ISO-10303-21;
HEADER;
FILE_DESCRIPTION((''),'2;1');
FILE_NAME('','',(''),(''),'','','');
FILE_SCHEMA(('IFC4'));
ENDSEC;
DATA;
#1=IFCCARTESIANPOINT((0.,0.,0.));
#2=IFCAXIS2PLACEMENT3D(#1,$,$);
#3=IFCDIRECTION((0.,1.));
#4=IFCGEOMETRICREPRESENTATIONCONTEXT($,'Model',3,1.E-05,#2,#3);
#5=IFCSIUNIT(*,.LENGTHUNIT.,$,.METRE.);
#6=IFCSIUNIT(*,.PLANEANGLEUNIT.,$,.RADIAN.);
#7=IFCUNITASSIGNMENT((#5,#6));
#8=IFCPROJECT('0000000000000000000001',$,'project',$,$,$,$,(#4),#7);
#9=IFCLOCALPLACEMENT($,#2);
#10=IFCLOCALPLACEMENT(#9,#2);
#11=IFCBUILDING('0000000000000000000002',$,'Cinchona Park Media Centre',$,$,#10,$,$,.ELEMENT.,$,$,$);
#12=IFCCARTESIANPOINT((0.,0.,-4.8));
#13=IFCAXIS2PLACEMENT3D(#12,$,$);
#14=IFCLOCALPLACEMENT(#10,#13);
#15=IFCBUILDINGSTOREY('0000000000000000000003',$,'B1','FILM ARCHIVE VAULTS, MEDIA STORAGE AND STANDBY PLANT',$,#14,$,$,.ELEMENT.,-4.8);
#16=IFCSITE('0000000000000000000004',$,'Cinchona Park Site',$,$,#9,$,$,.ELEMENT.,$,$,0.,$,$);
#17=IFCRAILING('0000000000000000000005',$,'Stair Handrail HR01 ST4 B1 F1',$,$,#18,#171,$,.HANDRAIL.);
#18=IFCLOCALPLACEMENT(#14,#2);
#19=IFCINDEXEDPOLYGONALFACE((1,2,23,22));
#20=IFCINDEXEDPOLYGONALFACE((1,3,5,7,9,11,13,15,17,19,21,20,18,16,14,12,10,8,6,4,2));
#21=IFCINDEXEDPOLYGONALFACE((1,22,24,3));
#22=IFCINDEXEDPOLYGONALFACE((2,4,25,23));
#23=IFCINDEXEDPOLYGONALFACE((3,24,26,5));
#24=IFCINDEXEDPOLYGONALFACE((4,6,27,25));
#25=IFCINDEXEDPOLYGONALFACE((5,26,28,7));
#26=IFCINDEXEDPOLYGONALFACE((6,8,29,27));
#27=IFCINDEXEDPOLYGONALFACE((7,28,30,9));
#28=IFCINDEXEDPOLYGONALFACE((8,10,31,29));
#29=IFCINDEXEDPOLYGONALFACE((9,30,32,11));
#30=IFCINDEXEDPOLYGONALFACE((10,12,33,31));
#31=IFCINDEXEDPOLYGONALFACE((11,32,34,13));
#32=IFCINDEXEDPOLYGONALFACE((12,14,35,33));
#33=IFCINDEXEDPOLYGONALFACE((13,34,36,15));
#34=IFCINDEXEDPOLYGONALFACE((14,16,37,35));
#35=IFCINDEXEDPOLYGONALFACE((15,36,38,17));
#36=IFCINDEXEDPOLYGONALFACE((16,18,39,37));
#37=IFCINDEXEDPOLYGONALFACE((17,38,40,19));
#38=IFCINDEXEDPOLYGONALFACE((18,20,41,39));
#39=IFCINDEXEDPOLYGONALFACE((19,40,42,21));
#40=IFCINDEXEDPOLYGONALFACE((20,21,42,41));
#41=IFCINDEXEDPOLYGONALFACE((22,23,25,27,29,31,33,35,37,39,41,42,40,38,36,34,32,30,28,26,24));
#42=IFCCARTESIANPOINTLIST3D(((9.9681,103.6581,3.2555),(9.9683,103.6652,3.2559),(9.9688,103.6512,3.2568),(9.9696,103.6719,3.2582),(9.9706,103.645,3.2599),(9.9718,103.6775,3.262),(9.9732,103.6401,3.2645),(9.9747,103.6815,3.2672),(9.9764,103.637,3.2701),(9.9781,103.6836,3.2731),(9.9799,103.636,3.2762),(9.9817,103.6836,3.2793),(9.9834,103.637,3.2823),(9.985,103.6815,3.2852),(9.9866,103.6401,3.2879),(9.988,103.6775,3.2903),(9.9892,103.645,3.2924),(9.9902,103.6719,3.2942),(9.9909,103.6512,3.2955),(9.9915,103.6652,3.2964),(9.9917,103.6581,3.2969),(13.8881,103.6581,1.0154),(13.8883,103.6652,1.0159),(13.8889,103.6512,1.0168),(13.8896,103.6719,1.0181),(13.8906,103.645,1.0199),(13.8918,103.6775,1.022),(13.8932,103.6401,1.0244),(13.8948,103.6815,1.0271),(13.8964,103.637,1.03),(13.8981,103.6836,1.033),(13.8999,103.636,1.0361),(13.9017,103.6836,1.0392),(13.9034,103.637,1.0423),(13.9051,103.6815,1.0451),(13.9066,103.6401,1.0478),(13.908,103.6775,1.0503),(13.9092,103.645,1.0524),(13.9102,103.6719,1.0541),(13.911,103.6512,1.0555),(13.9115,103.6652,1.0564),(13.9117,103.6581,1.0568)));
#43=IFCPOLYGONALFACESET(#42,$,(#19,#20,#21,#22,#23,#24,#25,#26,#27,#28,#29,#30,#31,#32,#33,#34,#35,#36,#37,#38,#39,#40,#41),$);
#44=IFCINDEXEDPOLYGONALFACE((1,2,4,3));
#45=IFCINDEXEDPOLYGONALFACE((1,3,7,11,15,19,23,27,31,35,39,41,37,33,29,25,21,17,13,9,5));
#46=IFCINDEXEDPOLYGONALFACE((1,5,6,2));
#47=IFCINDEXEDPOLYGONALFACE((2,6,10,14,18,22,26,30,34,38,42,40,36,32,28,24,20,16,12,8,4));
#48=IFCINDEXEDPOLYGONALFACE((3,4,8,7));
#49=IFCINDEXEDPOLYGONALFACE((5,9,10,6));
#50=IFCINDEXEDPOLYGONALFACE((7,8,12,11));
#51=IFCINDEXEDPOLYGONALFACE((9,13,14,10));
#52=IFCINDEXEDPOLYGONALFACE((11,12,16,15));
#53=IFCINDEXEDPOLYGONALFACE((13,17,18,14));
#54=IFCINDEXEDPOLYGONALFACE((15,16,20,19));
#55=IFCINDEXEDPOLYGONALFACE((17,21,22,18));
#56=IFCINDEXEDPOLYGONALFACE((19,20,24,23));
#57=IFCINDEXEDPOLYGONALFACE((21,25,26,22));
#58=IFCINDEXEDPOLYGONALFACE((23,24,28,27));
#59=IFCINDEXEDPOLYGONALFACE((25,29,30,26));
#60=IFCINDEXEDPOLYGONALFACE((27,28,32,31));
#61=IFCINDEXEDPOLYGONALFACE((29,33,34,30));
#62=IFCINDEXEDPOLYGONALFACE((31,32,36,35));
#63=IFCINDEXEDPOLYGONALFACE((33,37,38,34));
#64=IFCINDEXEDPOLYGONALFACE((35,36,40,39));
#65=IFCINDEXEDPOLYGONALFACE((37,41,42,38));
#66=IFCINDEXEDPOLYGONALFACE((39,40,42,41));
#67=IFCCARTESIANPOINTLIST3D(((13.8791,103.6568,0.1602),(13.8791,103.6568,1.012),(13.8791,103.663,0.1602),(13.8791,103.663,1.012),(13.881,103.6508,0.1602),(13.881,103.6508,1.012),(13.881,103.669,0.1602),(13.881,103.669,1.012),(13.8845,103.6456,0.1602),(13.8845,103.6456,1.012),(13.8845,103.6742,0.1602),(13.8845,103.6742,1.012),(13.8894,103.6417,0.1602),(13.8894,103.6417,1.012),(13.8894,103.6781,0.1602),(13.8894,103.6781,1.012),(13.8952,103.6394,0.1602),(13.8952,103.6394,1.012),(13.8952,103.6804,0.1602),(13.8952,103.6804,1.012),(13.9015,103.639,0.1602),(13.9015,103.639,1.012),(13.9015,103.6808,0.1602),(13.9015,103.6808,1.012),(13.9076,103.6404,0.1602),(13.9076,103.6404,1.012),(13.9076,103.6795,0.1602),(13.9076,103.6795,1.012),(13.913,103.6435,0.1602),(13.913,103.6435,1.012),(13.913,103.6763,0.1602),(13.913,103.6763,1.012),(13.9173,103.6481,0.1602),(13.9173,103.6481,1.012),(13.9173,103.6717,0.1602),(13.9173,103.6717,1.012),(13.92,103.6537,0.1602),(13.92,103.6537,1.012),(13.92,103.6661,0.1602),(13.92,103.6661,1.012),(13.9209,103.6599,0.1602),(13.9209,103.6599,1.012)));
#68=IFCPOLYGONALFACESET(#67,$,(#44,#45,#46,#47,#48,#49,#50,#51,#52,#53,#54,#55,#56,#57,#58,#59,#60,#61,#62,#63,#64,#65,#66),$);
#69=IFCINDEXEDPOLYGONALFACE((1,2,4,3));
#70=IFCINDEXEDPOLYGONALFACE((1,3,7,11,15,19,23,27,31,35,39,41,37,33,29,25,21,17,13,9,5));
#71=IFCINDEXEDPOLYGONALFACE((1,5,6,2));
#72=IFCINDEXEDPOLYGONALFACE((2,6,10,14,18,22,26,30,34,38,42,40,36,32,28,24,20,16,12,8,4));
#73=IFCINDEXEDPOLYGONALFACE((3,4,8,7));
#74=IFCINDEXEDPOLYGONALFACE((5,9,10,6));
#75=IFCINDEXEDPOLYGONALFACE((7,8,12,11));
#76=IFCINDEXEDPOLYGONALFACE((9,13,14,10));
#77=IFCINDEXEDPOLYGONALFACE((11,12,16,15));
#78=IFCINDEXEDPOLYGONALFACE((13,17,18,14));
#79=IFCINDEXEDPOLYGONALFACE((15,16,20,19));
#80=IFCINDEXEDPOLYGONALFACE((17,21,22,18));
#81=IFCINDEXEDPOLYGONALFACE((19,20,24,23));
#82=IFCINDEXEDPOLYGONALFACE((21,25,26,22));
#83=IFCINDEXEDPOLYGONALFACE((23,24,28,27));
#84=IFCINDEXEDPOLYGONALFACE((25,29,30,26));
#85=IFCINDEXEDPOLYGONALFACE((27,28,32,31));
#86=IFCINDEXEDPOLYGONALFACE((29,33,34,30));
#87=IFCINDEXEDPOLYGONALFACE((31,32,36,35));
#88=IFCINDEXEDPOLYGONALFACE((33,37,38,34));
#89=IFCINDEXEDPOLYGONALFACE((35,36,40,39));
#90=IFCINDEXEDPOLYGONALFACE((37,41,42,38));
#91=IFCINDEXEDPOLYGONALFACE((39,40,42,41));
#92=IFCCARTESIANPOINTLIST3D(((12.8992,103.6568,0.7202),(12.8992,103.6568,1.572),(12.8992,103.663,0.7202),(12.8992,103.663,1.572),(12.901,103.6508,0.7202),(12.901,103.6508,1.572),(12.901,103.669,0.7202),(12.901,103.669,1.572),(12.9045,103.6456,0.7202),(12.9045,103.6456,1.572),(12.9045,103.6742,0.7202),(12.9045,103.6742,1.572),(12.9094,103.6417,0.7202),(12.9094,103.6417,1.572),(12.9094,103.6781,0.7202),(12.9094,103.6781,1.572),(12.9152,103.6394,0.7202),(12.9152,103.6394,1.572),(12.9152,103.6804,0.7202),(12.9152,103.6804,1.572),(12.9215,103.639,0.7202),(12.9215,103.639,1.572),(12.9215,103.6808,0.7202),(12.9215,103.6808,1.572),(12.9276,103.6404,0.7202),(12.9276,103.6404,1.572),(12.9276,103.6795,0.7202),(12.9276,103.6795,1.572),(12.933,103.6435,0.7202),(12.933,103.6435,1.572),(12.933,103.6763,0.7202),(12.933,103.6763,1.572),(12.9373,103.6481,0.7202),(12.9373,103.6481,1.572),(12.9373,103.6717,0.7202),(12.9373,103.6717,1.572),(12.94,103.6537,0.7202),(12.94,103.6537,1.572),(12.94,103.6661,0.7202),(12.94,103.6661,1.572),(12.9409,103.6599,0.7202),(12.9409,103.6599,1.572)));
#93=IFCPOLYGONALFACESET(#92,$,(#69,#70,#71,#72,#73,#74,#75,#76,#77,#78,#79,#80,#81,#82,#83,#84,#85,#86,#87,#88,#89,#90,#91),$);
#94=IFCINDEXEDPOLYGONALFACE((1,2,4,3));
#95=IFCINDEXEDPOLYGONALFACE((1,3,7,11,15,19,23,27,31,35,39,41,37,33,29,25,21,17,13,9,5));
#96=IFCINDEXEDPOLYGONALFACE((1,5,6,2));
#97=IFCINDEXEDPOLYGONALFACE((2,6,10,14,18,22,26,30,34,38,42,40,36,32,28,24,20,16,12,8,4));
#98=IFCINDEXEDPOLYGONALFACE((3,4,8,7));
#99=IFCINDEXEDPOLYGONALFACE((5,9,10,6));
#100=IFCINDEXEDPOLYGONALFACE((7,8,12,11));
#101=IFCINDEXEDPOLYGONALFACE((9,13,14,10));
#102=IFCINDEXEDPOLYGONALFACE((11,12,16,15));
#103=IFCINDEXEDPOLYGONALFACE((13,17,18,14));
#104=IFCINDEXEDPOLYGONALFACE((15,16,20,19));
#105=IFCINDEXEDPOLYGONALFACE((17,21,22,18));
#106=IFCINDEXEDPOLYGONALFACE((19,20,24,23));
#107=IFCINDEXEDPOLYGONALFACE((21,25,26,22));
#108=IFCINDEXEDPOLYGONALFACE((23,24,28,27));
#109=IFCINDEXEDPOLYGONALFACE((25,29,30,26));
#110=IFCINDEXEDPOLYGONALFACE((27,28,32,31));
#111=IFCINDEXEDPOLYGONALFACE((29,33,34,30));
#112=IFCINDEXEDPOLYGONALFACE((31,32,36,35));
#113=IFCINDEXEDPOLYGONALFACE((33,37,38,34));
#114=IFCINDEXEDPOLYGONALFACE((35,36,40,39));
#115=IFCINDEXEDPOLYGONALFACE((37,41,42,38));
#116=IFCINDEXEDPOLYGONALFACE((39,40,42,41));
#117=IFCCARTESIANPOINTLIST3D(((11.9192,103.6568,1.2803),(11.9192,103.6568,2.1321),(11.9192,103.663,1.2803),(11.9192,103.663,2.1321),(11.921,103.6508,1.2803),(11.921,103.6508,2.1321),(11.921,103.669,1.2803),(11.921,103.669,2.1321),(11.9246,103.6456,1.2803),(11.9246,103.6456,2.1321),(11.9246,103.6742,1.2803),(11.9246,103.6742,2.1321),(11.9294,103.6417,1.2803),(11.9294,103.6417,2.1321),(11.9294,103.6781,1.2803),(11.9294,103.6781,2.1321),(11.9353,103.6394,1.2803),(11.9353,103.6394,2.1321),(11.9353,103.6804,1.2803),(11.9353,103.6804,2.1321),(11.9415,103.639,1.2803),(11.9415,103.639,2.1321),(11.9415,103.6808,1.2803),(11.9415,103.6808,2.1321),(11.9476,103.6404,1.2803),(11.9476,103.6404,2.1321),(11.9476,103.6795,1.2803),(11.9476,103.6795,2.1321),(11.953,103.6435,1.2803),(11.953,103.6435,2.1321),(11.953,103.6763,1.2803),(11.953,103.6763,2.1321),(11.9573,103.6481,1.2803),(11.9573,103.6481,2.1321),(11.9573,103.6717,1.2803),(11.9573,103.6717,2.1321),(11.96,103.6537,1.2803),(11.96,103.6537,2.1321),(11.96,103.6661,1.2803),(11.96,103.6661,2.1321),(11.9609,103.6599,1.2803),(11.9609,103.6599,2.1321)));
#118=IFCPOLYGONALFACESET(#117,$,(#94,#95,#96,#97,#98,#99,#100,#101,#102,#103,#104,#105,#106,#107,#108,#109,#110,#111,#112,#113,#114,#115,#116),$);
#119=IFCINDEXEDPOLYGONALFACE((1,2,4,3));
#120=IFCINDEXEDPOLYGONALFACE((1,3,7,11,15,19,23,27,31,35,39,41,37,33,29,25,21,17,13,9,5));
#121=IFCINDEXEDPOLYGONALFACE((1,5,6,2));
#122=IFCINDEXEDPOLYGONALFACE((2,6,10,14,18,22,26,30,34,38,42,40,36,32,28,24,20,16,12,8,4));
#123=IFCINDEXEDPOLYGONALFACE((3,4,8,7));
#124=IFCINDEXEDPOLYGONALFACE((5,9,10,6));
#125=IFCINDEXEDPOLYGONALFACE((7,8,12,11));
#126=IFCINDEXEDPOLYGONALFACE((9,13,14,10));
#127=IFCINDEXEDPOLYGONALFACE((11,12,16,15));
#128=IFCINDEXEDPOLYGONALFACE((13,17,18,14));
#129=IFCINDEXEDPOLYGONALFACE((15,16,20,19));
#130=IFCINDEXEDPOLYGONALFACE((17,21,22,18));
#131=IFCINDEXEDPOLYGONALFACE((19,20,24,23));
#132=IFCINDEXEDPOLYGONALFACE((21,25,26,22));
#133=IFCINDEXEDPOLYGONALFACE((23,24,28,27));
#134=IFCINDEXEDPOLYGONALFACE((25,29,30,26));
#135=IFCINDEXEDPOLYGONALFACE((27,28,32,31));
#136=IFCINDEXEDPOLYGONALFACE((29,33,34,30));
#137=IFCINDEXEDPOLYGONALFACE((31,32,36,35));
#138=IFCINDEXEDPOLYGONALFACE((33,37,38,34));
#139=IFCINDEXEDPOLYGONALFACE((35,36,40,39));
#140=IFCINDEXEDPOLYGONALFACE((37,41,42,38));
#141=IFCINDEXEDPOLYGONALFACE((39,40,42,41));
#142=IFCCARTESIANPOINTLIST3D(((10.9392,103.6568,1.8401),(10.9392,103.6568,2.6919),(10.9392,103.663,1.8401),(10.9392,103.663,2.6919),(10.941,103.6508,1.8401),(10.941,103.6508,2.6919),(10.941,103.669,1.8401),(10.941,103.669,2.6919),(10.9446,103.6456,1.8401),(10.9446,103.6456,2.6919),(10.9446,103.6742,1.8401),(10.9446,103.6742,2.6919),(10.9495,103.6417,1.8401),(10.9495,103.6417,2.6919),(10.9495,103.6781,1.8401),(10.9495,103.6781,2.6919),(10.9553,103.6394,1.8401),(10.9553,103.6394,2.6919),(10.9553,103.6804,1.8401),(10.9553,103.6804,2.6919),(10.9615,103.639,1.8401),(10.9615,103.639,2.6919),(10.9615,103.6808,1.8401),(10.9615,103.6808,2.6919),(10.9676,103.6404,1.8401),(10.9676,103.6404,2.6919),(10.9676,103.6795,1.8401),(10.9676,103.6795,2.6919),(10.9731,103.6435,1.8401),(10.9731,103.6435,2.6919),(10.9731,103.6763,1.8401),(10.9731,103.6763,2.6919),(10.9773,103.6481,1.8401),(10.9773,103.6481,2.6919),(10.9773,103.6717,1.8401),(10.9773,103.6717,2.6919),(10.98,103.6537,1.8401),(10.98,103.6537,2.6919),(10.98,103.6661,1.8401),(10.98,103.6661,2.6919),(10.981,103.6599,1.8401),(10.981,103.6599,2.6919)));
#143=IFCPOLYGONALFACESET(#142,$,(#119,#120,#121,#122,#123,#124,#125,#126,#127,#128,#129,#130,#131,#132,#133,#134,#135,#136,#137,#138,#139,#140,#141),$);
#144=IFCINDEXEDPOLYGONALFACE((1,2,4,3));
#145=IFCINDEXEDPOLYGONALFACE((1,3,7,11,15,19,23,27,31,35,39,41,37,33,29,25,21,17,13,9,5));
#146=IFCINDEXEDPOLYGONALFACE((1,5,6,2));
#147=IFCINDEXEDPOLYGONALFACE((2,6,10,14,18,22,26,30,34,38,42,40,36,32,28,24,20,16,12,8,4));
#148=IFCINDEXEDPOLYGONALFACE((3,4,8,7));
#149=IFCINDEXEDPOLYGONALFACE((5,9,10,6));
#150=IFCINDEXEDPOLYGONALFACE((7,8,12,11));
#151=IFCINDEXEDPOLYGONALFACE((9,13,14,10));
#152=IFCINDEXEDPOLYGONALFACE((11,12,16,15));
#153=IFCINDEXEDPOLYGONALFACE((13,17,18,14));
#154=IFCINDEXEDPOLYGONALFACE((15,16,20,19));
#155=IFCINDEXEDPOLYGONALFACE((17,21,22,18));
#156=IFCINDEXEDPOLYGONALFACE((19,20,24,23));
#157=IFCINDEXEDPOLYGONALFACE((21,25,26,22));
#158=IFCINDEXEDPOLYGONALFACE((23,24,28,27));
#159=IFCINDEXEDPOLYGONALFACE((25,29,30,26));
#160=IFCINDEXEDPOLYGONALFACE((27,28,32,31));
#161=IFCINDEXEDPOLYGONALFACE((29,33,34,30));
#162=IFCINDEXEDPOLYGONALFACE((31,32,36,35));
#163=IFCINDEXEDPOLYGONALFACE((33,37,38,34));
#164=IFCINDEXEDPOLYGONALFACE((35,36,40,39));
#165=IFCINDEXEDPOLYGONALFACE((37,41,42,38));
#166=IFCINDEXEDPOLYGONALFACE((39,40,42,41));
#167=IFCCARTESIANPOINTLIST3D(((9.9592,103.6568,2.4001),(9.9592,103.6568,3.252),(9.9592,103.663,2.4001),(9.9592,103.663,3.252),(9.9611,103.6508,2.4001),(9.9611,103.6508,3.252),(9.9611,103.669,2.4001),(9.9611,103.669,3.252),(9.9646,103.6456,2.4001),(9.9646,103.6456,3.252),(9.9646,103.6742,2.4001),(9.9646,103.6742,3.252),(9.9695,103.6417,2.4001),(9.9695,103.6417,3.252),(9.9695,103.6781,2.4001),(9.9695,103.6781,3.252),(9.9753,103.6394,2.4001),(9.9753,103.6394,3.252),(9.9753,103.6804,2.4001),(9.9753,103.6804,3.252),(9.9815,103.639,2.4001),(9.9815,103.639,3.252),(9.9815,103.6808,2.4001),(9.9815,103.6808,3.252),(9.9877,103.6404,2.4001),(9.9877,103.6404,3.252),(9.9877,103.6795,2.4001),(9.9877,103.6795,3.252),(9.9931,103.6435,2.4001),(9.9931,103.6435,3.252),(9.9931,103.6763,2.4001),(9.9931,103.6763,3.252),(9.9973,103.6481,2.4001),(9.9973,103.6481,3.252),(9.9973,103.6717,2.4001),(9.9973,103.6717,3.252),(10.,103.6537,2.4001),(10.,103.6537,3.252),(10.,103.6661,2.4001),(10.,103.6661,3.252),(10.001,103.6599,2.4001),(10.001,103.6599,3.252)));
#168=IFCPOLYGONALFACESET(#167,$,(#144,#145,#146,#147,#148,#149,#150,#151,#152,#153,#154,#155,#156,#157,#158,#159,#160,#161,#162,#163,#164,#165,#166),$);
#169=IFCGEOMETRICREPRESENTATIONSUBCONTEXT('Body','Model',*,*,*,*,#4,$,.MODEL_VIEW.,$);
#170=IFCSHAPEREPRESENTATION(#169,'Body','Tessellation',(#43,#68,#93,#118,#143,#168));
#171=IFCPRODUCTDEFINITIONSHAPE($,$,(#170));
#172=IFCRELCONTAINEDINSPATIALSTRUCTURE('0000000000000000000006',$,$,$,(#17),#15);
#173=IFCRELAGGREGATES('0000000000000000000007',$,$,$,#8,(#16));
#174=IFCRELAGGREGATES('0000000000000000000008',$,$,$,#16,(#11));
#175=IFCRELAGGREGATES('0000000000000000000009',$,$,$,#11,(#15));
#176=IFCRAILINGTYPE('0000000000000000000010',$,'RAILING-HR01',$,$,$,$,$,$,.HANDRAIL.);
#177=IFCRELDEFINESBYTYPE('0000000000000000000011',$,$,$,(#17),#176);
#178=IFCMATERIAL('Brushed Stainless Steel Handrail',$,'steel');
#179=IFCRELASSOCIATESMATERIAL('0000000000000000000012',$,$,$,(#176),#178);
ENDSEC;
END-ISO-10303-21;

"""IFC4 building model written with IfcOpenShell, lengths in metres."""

from ifc_helpers import new_model, si_unit, direction, frame, origin, origin_2d, place, context, subcontext, project, spatial, circle, extrude, material, type_object, element, save


model = new_model("IFC4")

# Units and contexts
model_context = context("Model", 3, precision=1e-05, world=origin(), true_north=direction((0.0, 1.0)))
body_context = subcontext(model_context, "Body", "Model", "MODEL_VIEW")
ifc_project = project(units=[si_unit("LENGTHUNIT", "METRE"), si_unit("PLANEANGLEUNIT", "RADIAN")], contexts=[model_context])

# Site, building, storey
site_placement = place(None, origin())
site = spatial("IfcSite", under=ifc_project, at=site_placement, Name="Cinchona Park Site", CompositionType="ELEMENT", RefElevation=0.0)
building_placement = place(site_placement, origin())
building = spatial("IfcBuilding", under=site, at=building_placement, Name="Cinchona Park Media Centre", CompositionType="ELEMENT")
storey_placement = place(building_placement, frame((0.0, 0.0, -4.8)))
storey = spatial("IfcBuildingStorey", under=building, at=storey_placement, Name="B1", Description="FILM ARCHIVE VAULTS, MEDIA STORAGE AND STANDBY PLANT", CompositionType="ELEMENT", Elevation=-4.8)

# Railing
ifc_material_1 = material(Name="Brushed Stainless Steel Handrail", Category="steel")
railing_type_1 = type_object("IfcRailingType", Name="RAILING-HR01", PredefinedType="HANDRAIL", material=ifc_material_1)
railing_1_placement = place(storey_placement, frame((13.8999, 103.6599, 0.1602)))
element("IfcRailing", 1, at=railing_1_placement, inside=storey, type_object=railing_type_1, Name="Stair Handrail HR01 ST4 B1 F1", PredefinedType="HANDRAIL", context=body_context, shape_type="SweptSolid", body=[
    extrude(circle(Radius=0.0239, at=origin_2d()), frame((0.0, 0.0, 0.876), z_axis=(-0.86824, 0.0, 0.496145), x_axis=(0.0, -1.0, 0.0)), (0.0, 0.0, 1.0), 4.5149),
    extrude(circle(Radius=0.021, at=origin_2d()), origin(), (0.0, 0.0, 1.0), 0.8518),
    extrude(circle(Radius=0.021, at=origin_2d()), frame((-0.98, 0.0, 0.5601)), (0.0, 0.0, 1.0), 0.8518),
    extrude(circle(Radius=0.021, at=origin_2d()), frame((-1.96, 0.0, 1.1201)), (0.0, 0.0, 1.0), 0.8518),
    extrude(circle(Radius=0.021, at=origin_2d()), frame((-2.9399, 0.0, 1.6799)), (0.0, 0.0, 1.0), 0.8518),
    extrude(circle(Radius=0.021, at=origin_2d()), frame((-3.9199, 0.0, 2.24)), (0.0, 0.0, 1.0), 0.8518),
])

save(model, "model.ifc")
